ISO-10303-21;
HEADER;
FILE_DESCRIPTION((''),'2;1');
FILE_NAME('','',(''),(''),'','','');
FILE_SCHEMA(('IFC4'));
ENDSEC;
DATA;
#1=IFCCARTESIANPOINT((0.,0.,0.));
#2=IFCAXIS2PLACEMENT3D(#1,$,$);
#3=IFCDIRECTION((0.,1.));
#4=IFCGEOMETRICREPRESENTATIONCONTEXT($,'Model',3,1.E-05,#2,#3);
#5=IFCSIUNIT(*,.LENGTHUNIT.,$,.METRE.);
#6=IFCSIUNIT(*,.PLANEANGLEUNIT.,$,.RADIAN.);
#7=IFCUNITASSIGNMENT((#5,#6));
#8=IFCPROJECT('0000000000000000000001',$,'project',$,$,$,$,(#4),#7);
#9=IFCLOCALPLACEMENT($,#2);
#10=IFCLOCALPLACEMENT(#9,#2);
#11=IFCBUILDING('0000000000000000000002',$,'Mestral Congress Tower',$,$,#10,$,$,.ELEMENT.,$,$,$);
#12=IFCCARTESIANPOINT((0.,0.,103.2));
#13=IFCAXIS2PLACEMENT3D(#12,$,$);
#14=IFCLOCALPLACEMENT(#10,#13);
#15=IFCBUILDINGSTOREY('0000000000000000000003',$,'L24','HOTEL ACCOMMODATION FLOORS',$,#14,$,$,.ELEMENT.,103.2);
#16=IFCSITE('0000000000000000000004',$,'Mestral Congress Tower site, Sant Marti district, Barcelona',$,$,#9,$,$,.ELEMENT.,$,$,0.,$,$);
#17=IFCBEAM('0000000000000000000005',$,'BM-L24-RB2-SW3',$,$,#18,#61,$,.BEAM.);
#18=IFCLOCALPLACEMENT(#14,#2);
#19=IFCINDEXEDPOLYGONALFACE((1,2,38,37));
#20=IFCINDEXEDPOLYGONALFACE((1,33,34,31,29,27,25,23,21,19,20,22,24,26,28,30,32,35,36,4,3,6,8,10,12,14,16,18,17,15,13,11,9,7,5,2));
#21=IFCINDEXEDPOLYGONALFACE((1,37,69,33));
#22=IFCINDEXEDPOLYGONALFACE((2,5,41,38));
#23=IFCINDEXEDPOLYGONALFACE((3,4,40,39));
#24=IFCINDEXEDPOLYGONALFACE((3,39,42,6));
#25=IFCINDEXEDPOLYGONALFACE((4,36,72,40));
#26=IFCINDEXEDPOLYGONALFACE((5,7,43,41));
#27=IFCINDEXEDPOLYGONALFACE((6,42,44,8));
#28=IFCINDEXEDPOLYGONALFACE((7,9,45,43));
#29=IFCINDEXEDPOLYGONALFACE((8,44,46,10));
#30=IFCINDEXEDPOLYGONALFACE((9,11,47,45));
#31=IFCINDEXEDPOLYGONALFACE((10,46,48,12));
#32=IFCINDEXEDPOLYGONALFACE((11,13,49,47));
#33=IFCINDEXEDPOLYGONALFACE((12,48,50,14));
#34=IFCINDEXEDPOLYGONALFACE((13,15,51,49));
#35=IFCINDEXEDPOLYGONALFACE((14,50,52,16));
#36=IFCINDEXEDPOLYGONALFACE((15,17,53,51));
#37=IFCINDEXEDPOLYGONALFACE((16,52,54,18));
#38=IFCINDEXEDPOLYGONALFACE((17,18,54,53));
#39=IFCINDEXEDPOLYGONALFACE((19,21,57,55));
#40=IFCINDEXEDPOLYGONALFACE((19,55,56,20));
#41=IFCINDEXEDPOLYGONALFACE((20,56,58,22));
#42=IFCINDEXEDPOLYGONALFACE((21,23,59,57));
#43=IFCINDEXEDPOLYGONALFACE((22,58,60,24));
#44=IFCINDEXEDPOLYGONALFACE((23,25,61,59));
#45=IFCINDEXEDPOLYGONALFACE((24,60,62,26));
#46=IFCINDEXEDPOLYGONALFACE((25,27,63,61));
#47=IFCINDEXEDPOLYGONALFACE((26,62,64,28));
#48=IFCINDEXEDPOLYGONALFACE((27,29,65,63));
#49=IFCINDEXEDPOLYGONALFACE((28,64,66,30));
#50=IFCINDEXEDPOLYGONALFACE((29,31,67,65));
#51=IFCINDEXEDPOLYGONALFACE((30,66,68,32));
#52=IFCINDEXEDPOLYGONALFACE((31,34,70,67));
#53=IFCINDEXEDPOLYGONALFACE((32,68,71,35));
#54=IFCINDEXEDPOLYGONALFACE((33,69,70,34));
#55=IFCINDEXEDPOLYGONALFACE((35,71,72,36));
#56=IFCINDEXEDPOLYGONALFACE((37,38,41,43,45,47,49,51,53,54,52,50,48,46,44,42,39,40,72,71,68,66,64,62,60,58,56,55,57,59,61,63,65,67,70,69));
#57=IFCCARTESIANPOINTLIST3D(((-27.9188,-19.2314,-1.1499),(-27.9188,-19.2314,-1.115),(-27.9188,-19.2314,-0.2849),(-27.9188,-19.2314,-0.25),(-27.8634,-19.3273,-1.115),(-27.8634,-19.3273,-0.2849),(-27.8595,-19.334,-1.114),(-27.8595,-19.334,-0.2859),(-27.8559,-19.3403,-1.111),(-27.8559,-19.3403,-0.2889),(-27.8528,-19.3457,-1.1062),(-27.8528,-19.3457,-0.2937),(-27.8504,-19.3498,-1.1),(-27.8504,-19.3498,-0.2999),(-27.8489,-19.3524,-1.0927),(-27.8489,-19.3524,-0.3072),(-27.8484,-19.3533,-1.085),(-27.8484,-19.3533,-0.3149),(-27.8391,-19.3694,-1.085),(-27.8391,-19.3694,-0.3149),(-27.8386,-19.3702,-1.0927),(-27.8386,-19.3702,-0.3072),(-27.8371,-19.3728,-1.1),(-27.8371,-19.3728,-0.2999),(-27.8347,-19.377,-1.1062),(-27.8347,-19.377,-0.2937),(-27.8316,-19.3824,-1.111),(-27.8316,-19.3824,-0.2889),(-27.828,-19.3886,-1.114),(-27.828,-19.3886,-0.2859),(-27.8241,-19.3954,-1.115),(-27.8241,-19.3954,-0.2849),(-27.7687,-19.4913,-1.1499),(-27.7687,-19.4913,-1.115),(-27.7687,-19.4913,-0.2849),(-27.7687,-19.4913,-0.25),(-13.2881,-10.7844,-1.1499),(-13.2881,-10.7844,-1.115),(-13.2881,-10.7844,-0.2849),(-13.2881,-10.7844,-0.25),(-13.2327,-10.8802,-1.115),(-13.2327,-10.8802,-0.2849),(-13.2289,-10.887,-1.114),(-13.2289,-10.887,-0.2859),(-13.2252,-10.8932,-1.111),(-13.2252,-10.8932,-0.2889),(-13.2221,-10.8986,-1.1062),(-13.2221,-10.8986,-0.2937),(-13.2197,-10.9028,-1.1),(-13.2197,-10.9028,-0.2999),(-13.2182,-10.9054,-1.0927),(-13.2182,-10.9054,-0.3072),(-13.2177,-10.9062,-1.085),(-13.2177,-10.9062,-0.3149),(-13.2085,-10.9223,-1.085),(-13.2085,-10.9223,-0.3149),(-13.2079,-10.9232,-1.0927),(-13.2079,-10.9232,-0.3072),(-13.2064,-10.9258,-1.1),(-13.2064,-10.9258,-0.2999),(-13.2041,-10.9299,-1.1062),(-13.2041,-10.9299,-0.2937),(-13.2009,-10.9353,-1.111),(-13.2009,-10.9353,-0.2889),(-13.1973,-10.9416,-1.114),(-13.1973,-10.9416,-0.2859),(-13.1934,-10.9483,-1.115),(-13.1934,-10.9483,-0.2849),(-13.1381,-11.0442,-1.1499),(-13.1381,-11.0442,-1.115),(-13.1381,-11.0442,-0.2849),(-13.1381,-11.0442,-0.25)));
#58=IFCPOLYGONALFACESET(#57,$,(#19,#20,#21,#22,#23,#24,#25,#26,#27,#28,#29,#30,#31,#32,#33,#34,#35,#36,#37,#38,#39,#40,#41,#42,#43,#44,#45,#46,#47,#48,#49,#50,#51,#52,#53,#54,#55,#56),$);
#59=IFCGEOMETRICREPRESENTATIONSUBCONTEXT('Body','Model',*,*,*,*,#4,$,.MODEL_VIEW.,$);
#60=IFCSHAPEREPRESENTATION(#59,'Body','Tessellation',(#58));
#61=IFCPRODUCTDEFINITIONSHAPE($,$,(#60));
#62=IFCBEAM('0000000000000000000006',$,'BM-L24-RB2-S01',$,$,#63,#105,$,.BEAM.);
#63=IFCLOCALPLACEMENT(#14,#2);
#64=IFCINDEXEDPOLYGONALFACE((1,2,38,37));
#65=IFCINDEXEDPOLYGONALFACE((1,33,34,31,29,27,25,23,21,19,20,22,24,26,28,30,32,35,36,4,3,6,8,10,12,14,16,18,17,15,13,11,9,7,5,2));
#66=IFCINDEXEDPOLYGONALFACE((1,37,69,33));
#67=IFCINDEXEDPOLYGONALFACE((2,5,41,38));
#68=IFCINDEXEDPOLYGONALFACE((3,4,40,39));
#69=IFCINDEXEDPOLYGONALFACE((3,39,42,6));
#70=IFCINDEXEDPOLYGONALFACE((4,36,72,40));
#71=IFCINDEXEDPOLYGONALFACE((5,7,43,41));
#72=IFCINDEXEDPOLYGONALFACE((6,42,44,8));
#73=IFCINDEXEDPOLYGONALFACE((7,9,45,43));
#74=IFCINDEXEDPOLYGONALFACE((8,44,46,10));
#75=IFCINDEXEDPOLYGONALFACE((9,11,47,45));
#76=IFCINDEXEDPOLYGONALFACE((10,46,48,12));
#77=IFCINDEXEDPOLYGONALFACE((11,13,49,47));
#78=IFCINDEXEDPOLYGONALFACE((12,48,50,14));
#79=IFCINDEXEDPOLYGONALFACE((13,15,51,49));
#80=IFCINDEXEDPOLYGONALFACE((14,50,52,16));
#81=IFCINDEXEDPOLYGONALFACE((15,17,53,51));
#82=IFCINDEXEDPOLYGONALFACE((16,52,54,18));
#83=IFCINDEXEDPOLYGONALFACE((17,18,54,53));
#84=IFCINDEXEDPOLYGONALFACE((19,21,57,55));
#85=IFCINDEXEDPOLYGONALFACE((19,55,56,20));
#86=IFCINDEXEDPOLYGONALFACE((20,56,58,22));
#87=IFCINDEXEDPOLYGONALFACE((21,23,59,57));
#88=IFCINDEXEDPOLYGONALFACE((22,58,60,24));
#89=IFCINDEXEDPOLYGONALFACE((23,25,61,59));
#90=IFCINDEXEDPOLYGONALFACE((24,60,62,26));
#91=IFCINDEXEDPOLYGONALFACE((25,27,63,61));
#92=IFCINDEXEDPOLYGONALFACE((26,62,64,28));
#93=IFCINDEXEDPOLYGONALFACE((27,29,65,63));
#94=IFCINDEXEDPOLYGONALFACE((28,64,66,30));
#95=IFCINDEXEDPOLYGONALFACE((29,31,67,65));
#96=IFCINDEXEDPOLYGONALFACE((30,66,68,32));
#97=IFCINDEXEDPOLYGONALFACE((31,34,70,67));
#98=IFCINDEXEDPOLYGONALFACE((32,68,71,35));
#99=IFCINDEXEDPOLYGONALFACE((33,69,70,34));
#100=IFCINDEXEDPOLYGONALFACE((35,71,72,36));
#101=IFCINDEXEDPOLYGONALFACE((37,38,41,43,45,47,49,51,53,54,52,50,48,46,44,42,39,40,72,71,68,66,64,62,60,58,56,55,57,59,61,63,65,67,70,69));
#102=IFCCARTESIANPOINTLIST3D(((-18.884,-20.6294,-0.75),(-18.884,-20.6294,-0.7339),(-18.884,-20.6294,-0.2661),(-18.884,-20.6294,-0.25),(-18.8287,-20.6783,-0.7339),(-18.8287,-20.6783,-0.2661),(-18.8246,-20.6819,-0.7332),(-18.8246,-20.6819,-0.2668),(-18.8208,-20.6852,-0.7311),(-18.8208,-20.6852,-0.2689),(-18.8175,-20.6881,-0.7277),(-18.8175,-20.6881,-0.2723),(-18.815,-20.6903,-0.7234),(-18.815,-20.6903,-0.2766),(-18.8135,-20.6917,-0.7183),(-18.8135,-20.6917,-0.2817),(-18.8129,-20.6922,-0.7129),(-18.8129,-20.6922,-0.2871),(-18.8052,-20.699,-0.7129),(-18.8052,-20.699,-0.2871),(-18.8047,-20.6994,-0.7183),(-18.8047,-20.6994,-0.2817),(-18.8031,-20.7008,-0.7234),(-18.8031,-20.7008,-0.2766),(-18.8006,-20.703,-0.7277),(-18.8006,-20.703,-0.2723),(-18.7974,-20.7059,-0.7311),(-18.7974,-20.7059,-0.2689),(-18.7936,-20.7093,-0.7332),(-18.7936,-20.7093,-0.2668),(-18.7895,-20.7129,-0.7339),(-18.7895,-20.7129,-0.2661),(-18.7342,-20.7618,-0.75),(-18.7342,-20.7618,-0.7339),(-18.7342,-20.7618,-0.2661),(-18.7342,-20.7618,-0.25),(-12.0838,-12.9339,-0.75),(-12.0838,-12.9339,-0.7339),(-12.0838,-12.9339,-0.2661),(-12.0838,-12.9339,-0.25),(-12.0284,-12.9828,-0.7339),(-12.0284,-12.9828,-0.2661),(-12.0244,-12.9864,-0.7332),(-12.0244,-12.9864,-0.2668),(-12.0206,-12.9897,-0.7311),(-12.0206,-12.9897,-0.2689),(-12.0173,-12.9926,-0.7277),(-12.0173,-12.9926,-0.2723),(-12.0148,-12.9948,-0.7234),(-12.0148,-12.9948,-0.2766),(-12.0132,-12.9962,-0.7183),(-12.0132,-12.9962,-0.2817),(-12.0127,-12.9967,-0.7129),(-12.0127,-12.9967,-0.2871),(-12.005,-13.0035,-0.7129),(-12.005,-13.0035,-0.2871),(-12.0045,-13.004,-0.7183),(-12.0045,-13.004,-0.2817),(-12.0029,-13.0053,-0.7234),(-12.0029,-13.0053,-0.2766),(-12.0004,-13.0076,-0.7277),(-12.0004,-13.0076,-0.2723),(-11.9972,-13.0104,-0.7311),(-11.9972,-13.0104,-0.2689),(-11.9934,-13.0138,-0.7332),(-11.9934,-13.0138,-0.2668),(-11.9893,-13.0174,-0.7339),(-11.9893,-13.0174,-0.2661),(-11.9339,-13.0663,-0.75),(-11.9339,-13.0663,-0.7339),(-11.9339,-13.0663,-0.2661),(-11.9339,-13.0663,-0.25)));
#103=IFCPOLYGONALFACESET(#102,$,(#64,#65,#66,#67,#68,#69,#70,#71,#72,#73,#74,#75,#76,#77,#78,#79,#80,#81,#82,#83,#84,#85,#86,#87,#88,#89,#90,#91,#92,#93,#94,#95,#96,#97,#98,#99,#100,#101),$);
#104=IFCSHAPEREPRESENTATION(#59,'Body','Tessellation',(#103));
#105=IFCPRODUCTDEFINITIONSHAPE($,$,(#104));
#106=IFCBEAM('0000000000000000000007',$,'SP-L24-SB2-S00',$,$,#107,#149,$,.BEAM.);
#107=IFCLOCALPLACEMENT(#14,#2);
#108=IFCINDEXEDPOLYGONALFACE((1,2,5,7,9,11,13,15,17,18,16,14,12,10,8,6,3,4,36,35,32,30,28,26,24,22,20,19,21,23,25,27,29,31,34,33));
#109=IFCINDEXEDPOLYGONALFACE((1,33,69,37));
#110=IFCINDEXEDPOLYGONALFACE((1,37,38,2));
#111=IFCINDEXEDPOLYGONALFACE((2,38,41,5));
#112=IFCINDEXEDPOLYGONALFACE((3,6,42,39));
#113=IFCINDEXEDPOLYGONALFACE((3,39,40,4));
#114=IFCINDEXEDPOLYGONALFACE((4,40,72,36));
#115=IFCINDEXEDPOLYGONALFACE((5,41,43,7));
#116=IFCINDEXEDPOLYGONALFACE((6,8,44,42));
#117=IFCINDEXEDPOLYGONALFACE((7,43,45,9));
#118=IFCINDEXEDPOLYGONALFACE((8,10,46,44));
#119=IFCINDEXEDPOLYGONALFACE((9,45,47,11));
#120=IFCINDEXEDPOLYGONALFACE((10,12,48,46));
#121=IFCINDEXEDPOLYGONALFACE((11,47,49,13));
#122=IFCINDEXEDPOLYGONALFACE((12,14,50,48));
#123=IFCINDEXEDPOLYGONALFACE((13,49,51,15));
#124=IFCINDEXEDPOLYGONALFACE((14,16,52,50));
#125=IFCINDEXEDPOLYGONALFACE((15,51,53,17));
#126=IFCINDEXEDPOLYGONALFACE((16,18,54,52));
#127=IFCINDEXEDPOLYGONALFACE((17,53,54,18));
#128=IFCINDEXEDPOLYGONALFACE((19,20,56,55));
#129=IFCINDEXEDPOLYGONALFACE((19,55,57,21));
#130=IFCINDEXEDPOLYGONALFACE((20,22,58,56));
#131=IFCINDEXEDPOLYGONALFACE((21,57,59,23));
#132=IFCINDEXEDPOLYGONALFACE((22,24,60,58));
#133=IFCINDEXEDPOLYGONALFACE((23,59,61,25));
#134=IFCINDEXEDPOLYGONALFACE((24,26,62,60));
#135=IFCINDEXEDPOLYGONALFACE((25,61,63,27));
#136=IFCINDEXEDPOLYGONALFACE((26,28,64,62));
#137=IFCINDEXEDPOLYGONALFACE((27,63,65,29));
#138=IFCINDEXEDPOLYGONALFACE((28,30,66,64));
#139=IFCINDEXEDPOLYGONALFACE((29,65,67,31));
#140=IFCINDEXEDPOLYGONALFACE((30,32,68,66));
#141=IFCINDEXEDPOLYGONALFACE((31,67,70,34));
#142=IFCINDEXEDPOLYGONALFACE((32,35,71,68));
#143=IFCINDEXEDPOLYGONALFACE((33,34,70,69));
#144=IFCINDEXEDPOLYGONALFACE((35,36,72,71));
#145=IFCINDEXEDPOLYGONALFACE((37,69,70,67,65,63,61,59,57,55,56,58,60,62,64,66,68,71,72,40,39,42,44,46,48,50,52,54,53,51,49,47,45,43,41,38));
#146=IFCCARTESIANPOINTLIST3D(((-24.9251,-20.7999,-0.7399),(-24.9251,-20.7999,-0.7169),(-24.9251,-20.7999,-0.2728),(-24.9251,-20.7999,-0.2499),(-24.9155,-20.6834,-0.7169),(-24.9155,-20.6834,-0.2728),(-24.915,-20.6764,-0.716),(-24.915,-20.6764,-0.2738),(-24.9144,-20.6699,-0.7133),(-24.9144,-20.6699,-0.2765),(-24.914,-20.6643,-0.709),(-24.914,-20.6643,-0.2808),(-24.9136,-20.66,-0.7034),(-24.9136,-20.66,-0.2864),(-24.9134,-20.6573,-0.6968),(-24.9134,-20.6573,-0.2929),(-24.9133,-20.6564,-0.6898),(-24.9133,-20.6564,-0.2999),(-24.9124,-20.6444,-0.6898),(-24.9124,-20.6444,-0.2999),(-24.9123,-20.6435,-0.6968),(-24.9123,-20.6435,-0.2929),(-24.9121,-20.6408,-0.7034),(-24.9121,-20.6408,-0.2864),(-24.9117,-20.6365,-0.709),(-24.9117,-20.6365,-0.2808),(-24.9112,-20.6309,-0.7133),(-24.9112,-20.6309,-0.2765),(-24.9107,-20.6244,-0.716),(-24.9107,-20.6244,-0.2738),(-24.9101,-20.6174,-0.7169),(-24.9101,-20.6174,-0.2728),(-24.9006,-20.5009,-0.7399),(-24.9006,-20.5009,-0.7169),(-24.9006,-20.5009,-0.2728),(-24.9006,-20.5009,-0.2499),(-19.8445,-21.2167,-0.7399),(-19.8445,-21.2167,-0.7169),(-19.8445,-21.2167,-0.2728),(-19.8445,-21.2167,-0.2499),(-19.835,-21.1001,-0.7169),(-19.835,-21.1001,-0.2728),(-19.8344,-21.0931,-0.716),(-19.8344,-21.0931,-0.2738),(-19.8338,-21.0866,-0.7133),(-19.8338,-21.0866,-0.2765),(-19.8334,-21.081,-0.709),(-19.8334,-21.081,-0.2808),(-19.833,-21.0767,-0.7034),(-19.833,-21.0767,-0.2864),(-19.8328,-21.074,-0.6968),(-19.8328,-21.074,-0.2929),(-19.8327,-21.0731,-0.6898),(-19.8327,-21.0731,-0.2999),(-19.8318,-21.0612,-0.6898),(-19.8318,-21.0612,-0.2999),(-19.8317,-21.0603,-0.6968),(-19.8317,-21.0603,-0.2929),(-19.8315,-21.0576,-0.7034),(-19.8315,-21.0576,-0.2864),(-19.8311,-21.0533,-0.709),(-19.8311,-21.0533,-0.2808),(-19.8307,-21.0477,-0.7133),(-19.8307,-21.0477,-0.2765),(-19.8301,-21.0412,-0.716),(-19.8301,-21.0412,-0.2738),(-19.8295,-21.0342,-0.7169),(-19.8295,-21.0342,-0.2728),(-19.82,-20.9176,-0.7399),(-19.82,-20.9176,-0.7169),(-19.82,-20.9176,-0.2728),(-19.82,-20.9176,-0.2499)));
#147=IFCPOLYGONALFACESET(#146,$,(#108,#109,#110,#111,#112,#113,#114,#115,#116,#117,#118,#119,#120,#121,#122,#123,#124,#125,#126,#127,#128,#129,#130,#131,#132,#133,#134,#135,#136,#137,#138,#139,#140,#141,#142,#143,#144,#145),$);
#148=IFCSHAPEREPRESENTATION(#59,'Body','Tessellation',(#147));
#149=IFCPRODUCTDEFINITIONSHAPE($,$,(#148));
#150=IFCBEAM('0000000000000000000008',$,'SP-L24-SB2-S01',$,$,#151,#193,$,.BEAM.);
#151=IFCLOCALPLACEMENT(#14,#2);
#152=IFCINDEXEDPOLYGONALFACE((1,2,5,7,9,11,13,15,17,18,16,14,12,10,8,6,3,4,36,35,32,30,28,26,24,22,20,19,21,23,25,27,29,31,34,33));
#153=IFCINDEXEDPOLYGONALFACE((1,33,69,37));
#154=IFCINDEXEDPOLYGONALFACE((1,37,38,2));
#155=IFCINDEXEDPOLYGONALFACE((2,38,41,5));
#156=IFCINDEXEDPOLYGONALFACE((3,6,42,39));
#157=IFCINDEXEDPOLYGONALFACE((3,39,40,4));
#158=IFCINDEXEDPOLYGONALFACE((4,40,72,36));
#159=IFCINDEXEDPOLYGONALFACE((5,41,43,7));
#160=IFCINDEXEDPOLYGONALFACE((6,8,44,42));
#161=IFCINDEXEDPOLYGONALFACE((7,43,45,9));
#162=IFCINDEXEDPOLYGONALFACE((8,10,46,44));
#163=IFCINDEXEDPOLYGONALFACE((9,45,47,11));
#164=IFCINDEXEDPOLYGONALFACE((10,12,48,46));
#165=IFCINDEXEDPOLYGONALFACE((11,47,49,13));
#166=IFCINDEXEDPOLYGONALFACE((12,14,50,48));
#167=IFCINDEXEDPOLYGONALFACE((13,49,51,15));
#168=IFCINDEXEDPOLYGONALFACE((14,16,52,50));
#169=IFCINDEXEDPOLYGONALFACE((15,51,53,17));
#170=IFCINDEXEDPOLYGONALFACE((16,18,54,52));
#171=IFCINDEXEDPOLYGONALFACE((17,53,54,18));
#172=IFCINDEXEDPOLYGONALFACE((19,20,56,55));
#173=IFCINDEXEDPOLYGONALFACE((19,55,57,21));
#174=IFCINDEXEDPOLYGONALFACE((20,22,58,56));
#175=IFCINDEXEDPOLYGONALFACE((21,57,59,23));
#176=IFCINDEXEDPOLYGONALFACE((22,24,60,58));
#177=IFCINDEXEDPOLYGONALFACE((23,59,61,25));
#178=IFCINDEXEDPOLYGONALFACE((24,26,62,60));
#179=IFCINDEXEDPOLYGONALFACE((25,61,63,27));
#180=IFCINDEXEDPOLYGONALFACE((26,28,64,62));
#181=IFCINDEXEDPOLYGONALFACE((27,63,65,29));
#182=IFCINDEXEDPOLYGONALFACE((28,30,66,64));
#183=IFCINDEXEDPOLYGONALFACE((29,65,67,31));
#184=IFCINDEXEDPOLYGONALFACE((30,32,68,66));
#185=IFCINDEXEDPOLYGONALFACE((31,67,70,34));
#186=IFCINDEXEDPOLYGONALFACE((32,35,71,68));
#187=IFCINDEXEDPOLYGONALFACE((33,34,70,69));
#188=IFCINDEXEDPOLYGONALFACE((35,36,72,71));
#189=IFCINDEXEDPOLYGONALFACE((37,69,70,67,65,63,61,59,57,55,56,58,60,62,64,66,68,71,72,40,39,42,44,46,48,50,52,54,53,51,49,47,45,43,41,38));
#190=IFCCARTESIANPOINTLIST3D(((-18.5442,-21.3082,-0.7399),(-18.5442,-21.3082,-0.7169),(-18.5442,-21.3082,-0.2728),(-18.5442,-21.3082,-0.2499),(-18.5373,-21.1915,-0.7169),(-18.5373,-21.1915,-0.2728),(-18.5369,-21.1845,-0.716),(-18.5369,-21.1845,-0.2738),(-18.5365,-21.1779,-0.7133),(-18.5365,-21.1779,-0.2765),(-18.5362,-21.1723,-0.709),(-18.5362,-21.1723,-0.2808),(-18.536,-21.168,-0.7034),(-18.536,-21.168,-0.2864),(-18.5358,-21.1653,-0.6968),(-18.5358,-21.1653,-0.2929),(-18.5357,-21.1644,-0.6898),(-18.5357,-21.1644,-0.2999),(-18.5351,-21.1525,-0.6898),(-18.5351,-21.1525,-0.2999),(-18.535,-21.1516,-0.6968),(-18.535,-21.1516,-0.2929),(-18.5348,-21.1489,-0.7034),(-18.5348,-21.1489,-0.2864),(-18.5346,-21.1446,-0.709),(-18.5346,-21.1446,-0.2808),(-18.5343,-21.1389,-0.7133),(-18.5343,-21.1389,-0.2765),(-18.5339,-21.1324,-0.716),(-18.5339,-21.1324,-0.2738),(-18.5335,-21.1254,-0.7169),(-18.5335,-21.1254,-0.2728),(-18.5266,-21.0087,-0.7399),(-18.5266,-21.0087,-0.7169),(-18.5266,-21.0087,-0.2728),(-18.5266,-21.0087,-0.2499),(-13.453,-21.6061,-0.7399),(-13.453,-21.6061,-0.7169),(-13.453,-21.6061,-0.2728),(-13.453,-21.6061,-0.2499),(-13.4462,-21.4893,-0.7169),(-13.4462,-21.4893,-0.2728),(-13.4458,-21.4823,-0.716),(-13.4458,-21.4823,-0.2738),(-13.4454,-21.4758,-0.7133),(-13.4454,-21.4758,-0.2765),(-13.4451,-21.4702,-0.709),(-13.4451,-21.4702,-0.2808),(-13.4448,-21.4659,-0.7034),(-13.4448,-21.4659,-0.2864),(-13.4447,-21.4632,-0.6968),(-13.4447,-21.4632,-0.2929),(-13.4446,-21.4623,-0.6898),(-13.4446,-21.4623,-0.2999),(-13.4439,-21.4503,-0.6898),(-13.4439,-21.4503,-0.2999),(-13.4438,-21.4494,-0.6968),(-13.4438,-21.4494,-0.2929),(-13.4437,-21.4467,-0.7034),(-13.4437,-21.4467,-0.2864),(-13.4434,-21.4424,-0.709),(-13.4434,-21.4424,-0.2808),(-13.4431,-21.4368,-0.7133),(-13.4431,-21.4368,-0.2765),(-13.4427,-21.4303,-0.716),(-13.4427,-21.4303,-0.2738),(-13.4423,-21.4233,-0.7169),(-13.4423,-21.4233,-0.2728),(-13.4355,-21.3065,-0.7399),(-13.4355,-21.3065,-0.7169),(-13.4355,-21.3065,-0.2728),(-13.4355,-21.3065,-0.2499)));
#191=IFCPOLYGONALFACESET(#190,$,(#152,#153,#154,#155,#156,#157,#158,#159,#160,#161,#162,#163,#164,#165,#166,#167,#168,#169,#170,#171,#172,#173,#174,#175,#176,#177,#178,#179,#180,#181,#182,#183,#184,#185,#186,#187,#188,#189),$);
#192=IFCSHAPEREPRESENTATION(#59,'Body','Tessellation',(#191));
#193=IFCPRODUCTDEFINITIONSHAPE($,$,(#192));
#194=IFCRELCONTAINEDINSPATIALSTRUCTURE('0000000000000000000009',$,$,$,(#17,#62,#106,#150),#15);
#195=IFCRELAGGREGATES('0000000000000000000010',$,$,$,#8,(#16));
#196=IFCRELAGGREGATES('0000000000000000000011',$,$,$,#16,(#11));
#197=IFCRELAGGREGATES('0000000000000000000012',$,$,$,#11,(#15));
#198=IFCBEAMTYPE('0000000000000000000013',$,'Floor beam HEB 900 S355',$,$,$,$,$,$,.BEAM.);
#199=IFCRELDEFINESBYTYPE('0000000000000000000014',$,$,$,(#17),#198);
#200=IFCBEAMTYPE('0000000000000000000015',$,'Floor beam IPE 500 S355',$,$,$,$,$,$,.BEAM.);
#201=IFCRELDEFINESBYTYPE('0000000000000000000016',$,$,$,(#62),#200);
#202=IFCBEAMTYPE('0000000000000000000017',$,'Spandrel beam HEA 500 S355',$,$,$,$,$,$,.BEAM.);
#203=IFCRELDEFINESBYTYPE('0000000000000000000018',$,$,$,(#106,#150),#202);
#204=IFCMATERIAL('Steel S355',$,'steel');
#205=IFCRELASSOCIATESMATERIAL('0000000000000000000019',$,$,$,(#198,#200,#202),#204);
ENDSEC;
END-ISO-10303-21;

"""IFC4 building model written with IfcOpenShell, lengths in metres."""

from ifc_helpers import new_model, si_unit, direction, frame, origin, origin_2d, place, context, subcontext, project, spatial, i_section, extrude, material, material_profile, profile_set, type_object, element, save


model = new_model("IFC4")

# Units and contexts
model_context = context("Model", 3, precision=1e-05, world=origin(), true_north=direction((0.0, 1.0)))
body_context = subcontext(model_context, "Body", "Model", "MODEL_VIEW")
ifc_project = project(units=[si_unit("LENGTHUNIT", "METRE"), si_unit("PLANEANGLEUNIT", "RADIAN")], contexts=[model_context])

# Site, building, storey
site_placement = place(None, origin())
site = spatial("IfcSite", under=ifc_project, at=site_placement, Name="Mestral Congress Tower site, Sant Marti district, Barcelona", CompositionType="ELEMENT", RefElevation=0.0)
building_placement = place(site_placement, origin())
building = spatial("IfcBuilding", under=site, at=building_placement, Name="Mestral Congress Tower", CompositionType="ELEMENT")
storey_placement = place(building_placement, frame((0.0, 0.0, 103.2)))
storey = spatial("IfcBuildingStorey", under=building, at=storey_placement, Name="L24", Description="HOTEL ACCOMMODATION FLOORS", CompositionType="ELEMENT", Elevation=103.2)

# Beams
ifc_material_1 = material(Name="Steel S355", Category="steel")
ifc_material_profile_1 = material_profile(ifc_material_1, i_section(OverallWidth=0.3, OverallDepth=0.8999, WebThickness=0.0186, FlangeThickness=0.0349, FilletRadius=0.03, at=origin_2d()), Name="HEB 900")
ifc_profile_set_1 = profile_set([ifc_material_profile_1], Name="Steel S355")
beam_type_1 = type_object("IfcBeamType", Name="Floor beam HEB 900 S355", PredefinedType="BEAM", material=ifc_profile_set_1)
beam_1_placement = place(storey_placement, frame((-27.8438, -19.3613, -0.7), z_axis=(0.866025, 0.500001, 0.0), x_axis=(-0.500001, 0.866025, 0.0)))
element("IfcBeam", 1, at=beam_1_placement, inside=storey, type_object=beam_type_1, Name="BM-L24-RB2-SW3", PredefinedType="BEAM", context=body_context, shape_type="SweptSolid", body=[
    extrude(i_section(OverallWidth=0.3, OverallDepth=0.8999, WebThickness=0.0186, FlangeThickness=0.0349, FilletRadius=0.03, at=origin_2d()), origin(), (0.0, 0.0, 1.0), 16.894),
])
ifc_material_profile_2 = material_profile(ifc_material_1, i_section(OverallWidth=0.2, OverallDepth=0.5, WebThickness=0.0103, FlangeThickness=0.0161, FilletRadius=0.021, at=origin_2d()), Name="IPE 500")
ifc_profile_set_2 = profile_set([ifc_material_profile_2], Name="Steel S355")
beam_type_2 = type_object("IfcBeamType", Name="Floor beam IPE 500 S355", PredefinedType="BEAM", material=ifc_profile_set_2)
beam_2_placement = place(storey_placement, frame((-18.8091, -20.6956, -0.5), z_axis=(0.662174, 0.74935, 0.0), x_axis=(-0.74935, 0.662174, 0.0)))
element("IfcBeam", 2, at=beam_2_placement, inside=storey, type_object=beam_type_2, Name="BM-L24-RB2-S01", PredefinedType="BEAM", context=body_context, shape_type="SweptSolid", body=[
    extrude(i_section(OverallWidth=0.2, OverallDepth=0.5, WebThickness=0.0103, FlangeThickness=0.0161, FilletRadius=0.021, at=origin_2d()), origin(), (0.0, 0.0, 1.0), 10.2695),
])
ifc_material_profile_3 = material_profile(ifc_material_1, i_section(OverallWidth=0.3, OverallDepth=0.49, WebThickness=0.012, FlangeThickness=0.0229, FilletRadius=0.0271, at=origin_2d()), Name="HEA 500")
ifc_profile_set_3 = profile_set([ifc_material_profile_3], Name="Steel S355")
beam_type_3 = type_object("IfcBeamType", Name="Spandrel beam HEA 500 S355", PredefinedType="BEAM", material=ifc_profile_set_3)
beam_3_placement = place(storey_placement, frame((-24.9128, -20.6504, -0.4949), z_axis=(0.996653, -0.081753, 0.0), x_axis=(0.081753, 0.996653, 0.0)))
element("IfcBeam", 3, at=beam_3_placement, inside=storey, type_object=beam_type_3, Name="SP-L24-SB2-S00", PredefinedType="BEAM", context=body_context, shape_type="SweptSolid", body=[
    extrude(i_section(OverallWidth=0.3, OverallDepth=0.49, WebThickness=0.012, FlangeThickness=0.0229, FilletRadius=0.0271, at=origin_2d()), origin(), (0.0, 0.0, 1.0), 5.0977),
])
beam_4_placement = place(storey_placement, frame((-18.5354, -21.1584, -0.4949), z_axis=(0.998293, -0.058405, 0.0), x_axis=(0.058405, 0.998293, 0.0)))
element("IfcBeam", 4, at=beam_4_placement, inside=storey, type_object=beam_type_3, Name="SP-L24-SB2-S01", PredefinedType="BEAM", context=body_context, shape_type="SweptSolid", body=[
    extrude(i_section(OverallWidth=0.3, OverallDepth=0.49, WebThickness=0.012, FlangeThickness=0.0229, FilletRadius=0.0271, at=origin_2d()), origin(), (0.0, 0.0, 1.0), 5.0999),
])

save(model, "model.ifc")
